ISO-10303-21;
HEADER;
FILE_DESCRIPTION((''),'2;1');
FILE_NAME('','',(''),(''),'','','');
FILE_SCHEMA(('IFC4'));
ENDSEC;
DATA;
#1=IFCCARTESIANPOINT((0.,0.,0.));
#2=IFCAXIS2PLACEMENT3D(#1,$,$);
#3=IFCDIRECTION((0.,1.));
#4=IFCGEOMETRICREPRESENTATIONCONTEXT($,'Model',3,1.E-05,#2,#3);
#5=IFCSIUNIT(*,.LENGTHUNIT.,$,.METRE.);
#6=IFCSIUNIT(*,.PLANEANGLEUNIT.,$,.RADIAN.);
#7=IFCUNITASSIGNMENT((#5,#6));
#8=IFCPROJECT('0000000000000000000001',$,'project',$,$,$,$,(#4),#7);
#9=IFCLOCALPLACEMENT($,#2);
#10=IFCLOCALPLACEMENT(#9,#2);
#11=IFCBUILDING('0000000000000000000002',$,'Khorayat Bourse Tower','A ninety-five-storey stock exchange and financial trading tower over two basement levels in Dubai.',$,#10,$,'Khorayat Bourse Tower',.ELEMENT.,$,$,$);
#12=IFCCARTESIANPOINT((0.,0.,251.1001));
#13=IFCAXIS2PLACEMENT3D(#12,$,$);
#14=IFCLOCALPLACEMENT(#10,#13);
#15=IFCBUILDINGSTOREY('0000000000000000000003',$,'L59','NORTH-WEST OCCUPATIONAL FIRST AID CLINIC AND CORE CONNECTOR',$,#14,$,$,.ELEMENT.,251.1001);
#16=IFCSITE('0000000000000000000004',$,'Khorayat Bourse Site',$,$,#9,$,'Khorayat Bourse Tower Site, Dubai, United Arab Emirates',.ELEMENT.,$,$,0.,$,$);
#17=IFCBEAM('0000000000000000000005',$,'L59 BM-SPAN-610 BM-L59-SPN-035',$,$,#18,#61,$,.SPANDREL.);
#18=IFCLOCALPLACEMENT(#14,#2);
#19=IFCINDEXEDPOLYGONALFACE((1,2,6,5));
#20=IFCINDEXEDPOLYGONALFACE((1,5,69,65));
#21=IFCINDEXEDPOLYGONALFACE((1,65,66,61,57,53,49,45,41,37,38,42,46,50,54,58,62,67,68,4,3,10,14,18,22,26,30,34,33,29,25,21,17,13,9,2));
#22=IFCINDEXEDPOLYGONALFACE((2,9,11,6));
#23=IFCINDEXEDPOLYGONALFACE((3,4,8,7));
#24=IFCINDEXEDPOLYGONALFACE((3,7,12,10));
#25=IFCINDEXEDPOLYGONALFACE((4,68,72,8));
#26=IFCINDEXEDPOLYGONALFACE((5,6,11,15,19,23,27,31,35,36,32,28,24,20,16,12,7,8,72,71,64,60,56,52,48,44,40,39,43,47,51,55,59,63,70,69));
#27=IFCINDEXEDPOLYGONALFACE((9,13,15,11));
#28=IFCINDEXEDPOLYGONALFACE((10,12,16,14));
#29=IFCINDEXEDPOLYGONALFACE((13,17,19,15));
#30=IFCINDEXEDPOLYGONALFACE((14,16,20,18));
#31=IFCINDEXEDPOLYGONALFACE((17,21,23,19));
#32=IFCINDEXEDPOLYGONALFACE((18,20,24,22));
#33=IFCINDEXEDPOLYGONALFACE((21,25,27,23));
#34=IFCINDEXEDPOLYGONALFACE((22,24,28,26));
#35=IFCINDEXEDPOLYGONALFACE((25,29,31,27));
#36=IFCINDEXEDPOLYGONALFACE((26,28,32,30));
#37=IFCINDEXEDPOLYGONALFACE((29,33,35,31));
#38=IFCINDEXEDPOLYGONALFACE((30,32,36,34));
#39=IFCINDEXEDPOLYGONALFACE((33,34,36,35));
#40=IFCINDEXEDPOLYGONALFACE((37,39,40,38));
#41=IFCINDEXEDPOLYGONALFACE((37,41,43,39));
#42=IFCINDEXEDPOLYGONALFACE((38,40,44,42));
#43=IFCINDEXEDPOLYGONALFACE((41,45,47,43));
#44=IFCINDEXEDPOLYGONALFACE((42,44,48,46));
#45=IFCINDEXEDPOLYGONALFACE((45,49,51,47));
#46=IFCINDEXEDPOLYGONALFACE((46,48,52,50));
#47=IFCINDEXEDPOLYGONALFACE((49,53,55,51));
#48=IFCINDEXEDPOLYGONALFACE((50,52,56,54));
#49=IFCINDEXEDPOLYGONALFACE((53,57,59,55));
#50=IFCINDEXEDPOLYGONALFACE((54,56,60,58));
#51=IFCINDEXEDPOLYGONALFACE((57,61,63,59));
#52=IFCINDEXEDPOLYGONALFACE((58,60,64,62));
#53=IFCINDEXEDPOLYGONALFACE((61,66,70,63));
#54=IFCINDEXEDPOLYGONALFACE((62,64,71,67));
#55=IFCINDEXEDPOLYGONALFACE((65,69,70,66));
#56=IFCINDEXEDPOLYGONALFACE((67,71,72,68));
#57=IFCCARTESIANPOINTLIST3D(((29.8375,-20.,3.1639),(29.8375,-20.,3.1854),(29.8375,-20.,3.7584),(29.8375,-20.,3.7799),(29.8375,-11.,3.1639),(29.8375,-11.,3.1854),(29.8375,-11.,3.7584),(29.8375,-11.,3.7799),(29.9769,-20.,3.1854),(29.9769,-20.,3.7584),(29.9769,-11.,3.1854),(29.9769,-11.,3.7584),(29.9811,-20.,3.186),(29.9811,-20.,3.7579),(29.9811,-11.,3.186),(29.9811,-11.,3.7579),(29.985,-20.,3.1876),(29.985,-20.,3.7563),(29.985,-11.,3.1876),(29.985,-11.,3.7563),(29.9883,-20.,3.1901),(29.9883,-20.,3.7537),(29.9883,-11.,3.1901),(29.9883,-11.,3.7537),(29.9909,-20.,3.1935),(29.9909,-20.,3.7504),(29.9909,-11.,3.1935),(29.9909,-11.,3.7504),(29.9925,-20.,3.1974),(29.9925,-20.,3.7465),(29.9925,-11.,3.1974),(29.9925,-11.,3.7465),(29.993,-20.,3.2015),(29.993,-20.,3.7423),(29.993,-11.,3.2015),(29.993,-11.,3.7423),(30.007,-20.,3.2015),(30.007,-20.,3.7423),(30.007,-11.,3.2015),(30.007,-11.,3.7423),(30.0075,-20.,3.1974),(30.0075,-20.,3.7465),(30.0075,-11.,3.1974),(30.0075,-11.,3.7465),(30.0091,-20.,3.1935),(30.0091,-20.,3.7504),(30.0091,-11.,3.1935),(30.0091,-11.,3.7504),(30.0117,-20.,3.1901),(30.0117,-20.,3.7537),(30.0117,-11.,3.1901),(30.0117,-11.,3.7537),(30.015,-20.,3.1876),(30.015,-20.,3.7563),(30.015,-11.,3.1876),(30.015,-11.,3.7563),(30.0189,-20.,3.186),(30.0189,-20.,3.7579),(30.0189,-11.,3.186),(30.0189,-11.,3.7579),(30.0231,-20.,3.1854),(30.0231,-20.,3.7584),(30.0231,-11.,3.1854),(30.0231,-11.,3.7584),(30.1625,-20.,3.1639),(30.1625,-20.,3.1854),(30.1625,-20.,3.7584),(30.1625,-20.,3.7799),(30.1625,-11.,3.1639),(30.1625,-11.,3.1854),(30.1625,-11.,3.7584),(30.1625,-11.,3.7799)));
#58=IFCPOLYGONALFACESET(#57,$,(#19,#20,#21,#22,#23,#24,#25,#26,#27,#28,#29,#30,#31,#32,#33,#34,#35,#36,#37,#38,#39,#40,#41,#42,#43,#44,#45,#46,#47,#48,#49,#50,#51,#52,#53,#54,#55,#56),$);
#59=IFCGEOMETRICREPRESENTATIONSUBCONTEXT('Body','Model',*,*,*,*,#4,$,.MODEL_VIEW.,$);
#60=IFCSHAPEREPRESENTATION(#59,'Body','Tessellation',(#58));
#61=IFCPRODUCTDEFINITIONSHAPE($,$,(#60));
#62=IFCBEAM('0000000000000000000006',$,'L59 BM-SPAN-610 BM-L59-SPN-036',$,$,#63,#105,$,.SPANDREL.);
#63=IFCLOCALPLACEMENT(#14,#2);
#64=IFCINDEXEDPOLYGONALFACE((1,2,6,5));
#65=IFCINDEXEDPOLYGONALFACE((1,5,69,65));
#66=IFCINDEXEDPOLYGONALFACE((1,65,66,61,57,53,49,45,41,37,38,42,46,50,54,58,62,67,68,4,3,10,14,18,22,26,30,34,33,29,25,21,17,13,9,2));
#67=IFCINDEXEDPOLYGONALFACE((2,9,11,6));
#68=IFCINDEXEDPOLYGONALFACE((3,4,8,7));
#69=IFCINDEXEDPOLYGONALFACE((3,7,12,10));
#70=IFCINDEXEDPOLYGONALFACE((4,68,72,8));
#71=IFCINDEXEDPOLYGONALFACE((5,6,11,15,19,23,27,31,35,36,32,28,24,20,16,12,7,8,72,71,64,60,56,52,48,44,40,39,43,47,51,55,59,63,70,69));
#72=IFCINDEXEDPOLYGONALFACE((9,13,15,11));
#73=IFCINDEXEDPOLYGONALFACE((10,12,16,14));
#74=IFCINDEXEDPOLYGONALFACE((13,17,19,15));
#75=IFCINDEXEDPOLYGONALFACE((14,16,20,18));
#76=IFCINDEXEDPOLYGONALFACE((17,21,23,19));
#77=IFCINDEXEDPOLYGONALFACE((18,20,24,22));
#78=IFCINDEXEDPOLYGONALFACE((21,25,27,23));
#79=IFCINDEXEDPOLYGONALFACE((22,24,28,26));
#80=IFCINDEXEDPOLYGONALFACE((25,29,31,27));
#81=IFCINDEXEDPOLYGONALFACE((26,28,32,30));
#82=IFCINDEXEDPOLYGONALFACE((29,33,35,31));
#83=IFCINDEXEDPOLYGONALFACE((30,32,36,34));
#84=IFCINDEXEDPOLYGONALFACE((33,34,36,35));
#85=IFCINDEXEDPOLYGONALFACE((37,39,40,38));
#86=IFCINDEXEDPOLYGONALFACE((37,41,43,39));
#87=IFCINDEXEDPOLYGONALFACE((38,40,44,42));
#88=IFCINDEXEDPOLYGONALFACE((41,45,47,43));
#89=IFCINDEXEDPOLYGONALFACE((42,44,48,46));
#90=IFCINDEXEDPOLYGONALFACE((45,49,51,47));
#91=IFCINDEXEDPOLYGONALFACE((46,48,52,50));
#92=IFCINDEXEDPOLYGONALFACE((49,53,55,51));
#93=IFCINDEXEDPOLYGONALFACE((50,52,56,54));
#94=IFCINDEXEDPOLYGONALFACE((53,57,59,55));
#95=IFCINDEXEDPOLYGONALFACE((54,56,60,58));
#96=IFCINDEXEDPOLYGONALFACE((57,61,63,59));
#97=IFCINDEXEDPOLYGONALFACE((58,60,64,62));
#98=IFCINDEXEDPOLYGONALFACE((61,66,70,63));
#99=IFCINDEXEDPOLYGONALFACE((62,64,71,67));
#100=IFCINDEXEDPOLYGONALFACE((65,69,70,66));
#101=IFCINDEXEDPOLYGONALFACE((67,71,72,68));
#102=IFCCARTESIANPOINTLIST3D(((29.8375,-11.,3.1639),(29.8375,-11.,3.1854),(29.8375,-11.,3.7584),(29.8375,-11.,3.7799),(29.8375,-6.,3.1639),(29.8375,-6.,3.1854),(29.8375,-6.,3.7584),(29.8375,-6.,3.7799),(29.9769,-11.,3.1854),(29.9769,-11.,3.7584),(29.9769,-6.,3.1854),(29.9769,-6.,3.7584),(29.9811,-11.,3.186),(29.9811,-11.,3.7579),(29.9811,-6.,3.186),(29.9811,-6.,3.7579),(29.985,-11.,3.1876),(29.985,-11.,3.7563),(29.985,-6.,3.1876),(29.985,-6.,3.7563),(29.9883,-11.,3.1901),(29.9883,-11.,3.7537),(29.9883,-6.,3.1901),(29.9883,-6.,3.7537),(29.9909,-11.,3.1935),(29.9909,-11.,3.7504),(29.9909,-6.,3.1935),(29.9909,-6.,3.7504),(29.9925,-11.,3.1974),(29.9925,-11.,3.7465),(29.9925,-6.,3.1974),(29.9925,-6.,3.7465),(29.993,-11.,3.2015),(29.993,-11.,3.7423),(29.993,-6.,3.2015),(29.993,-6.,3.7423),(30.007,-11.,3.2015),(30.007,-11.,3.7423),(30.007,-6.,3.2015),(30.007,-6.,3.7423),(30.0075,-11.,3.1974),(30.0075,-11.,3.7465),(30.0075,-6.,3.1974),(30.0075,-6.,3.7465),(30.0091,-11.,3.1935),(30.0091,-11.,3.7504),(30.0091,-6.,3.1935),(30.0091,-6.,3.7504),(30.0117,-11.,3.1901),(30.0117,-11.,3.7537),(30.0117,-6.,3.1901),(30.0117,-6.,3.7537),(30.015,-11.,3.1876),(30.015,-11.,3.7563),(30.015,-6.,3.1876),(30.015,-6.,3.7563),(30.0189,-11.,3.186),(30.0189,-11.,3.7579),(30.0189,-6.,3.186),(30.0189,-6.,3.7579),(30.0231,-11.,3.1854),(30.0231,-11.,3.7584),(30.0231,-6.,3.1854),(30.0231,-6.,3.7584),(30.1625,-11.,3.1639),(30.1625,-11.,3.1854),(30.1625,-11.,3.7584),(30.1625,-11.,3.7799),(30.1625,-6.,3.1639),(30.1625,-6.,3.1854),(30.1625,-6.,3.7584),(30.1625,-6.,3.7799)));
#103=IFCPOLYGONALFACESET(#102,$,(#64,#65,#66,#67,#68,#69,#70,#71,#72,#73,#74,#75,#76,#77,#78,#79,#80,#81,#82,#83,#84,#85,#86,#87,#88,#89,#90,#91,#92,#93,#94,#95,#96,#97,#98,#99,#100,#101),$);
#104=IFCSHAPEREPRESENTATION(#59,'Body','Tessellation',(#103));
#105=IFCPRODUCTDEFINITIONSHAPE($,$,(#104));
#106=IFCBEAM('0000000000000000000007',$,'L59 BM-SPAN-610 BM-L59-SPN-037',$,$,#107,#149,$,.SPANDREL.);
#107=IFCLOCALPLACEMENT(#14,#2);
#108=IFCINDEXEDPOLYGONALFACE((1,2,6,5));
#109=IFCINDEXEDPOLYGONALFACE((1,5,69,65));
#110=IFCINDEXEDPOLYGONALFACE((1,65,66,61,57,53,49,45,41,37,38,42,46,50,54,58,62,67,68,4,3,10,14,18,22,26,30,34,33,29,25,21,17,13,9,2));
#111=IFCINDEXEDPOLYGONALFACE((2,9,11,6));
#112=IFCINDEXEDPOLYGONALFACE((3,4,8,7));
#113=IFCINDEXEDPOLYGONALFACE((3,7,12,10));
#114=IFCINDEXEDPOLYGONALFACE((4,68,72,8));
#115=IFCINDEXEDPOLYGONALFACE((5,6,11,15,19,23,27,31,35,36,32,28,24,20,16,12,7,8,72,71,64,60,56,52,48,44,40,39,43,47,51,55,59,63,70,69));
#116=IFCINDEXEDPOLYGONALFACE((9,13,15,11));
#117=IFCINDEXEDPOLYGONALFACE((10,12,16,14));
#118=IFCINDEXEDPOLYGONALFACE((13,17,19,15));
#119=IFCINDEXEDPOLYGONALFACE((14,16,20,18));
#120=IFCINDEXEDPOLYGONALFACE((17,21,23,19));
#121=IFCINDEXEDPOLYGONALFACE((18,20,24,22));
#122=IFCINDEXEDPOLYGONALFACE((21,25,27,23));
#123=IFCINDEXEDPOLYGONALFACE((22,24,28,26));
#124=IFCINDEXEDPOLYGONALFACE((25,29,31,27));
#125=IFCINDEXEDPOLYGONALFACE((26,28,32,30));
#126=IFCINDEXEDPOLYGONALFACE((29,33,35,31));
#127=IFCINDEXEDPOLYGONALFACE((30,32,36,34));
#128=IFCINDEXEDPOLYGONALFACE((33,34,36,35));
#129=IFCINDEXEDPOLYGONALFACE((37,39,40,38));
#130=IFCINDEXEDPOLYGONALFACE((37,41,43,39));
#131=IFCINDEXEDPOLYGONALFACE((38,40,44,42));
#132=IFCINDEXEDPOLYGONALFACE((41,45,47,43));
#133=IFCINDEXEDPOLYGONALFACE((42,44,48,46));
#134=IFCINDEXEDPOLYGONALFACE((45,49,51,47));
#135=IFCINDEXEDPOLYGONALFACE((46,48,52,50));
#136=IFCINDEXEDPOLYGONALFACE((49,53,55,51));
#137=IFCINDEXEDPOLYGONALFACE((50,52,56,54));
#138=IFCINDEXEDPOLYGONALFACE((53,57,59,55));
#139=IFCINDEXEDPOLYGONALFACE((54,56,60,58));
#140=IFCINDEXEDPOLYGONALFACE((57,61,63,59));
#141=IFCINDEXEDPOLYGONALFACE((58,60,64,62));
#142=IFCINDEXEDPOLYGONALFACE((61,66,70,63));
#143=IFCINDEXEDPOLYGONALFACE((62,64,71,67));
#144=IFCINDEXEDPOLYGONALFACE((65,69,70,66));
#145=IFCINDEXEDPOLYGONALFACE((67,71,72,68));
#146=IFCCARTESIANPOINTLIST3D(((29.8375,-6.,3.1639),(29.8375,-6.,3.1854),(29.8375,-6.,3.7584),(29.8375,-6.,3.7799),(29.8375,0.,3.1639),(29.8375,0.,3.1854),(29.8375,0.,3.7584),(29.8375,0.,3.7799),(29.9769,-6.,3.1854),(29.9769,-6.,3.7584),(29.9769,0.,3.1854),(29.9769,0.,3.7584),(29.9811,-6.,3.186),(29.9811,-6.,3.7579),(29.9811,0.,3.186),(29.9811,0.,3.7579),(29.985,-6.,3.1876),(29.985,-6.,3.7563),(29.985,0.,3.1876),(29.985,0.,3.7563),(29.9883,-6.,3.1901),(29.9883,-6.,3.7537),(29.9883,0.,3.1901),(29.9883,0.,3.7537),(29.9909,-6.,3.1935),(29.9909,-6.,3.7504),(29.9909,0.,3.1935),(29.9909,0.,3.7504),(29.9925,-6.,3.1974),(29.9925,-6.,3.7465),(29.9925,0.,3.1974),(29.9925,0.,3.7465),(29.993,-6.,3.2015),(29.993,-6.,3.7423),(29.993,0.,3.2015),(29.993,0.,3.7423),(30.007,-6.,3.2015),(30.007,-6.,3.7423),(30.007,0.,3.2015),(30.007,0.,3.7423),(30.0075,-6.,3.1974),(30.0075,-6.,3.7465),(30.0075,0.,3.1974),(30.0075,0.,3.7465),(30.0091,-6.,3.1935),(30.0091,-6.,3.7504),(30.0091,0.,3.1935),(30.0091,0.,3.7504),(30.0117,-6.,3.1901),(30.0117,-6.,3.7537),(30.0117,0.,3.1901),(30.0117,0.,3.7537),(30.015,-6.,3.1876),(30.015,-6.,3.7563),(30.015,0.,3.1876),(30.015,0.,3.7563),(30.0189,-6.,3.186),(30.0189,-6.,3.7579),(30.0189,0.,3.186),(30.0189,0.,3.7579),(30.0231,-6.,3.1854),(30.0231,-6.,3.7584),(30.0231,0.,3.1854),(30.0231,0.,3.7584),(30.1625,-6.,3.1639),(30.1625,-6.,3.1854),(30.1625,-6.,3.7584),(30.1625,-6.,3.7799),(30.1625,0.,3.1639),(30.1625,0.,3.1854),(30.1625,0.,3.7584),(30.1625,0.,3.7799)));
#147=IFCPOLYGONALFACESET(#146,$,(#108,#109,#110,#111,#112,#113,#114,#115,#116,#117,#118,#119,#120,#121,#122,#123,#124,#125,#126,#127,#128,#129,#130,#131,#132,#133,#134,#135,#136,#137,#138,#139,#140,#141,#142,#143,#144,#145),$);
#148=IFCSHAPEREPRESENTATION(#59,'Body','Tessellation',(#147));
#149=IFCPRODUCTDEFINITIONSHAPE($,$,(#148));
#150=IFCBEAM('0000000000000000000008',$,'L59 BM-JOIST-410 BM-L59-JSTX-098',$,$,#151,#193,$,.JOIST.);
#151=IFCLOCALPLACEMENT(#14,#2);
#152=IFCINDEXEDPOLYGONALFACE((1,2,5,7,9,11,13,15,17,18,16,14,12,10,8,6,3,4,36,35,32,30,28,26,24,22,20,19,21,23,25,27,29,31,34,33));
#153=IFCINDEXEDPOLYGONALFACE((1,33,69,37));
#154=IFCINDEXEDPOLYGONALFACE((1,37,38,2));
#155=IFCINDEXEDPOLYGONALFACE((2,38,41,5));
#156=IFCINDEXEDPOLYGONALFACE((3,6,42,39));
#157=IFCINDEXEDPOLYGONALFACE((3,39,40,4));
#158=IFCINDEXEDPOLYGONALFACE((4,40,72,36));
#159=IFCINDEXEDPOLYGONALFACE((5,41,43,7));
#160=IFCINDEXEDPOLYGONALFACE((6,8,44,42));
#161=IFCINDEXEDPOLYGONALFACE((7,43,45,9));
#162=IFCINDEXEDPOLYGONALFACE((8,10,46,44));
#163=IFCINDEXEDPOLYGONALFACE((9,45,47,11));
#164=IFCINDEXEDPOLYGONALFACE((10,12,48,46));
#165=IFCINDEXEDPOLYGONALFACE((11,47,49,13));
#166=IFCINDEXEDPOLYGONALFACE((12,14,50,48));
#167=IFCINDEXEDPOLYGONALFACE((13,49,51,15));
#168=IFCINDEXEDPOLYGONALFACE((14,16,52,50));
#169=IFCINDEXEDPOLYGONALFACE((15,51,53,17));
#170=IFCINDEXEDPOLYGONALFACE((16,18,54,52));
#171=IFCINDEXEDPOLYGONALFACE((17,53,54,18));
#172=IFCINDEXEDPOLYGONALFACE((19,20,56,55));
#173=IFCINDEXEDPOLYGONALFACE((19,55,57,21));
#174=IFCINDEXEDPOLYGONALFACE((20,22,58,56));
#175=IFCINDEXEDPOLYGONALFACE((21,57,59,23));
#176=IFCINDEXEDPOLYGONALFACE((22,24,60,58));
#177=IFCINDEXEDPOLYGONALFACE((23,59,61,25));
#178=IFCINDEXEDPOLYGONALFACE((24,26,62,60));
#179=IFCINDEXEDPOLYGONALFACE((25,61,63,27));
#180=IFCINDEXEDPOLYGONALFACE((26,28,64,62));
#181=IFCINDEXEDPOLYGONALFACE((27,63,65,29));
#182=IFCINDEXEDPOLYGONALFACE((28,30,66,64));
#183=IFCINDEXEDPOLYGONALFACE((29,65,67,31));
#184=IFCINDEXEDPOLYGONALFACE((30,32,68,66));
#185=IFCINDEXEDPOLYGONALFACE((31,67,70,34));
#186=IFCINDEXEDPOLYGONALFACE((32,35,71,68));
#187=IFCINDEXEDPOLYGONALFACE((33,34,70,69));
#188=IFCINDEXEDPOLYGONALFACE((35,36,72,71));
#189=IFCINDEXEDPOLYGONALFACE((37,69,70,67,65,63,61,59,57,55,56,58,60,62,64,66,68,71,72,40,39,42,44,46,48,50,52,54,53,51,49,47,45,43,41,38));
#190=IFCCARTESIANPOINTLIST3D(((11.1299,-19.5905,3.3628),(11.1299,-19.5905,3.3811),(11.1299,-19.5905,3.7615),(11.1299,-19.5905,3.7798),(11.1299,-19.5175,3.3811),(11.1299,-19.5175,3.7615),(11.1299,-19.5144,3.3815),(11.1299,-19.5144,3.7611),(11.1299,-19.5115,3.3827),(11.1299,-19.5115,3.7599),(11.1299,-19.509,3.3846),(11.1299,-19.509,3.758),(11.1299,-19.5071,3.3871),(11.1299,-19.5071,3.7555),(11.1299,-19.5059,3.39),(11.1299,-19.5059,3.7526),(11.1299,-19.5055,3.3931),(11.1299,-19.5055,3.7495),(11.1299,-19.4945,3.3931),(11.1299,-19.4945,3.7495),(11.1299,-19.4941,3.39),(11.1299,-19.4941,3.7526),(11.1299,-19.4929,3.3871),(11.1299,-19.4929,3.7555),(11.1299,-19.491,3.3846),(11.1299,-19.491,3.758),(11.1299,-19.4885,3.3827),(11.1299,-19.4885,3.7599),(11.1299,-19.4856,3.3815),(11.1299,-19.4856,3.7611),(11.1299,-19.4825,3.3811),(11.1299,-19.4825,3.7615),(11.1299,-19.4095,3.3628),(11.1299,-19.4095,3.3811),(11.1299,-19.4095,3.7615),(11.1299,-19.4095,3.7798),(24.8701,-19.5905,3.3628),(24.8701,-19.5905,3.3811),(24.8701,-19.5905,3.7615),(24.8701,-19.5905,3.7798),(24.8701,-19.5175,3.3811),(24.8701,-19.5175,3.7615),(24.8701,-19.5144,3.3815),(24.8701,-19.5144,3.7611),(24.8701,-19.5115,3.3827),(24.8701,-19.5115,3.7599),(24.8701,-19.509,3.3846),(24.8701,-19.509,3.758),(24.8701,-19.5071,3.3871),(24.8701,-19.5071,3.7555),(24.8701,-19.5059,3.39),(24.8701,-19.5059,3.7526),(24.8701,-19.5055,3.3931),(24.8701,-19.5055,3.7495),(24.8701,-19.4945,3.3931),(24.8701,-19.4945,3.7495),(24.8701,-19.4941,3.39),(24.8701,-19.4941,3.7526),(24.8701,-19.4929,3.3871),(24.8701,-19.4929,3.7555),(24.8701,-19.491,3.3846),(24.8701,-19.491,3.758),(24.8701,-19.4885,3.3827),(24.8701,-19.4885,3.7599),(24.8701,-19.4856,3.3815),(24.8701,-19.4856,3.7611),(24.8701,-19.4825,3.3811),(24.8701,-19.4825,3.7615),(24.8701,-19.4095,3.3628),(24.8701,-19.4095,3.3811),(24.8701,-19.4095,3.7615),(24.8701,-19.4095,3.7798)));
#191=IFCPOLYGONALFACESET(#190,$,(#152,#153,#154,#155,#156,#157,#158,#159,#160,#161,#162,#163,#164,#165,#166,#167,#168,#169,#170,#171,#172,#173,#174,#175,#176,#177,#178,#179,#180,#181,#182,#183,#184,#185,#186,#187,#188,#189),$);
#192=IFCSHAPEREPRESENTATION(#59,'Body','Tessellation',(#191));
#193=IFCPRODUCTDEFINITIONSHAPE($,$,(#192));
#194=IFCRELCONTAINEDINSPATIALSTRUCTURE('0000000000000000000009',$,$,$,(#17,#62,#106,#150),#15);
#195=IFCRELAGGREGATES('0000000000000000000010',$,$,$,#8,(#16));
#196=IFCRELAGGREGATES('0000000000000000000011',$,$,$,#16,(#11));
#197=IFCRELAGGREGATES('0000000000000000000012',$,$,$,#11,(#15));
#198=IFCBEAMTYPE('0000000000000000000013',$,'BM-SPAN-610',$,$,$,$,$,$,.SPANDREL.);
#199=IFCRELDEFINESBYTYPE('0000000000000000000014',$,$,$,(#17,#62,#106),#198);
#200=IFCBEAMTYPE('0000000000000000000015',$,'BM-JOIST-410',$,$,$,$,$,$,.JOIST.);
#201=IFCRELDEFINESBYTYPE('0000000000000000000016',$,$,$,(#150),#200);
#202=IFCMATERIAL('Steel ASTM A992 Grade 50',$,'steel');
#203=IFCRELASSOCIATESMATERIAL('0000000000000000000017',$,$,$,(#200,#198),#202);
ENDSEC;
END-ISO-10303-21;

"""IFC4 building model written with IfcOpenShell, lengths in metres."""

from ifc_helpers import new_model, si_unit, direction, frame, origin, origin_2d, place, context, subcontext, project, spatial, i_section, extrude, source, transform, mapped, material, material_profile, profile_set, type_object, element, save


model = new_model("IFC4")

# Units and contexts
model_context = context("Model", 3, precision=1e-05, world=origin(), true_north=direction((0.0, 1.0)))
body_context = subcontext(model_context, "Body", "Model", "MODEL_VIEW")
ifc_project = project(units=[si_unit("LENGTHUNIT", "METRE"), si_unit("PLANEANGLEUNIT", "RADIAN")], contexts=[model_context])

# Site, building, storey
site_placement = place(None, origin())
site = spatial("IfcSite", under=ifc_project, at=site_placement, Name="Khorayat Bourse Site", LongName="Khorayat Bourse Tower Site, Dubai, United Arab Emirates", CompositionType="ELEMENT", RefElevation=0.0)
building_placement = place(site_placement, origin())
building = spatial("IfcBuilding", under=site, at=building_placement, Name="Khorayat Bourse Tower", Description="A ninety-five-storey stock exchange and financial trading tower over two basement levels in Dubai.", LongName="Khorayat Bourse Tower", CompositionType="ELEMENT")
storey_placement = place(building_placement, frame((0.0, 0.0, 251.1001)))
storey = spatial("IfcBuildingStorey", under=building, at=storey_placement, Name="L59", Description="NORTH-WEST OCCUPATIONAL FIRST AID CLINIC AND CORE CONNECTOR", CompositionType="ELEMENT", Elevation=251.1001)

# Beams
ifc_material_1 = material(Name="Steel ASTM A992 Grade 50", Category="steel")
ifc_material_profile_1 = material_profile(ifc_material_1, i_section(OverallWidth=0.1809, OverallDepth=0.417, WebThickness=0.011, FlangeThickness=0.0183, FilletRadius=0.012, at=origin_2d()), Name="W410X85")
ifc_profile_set_1 = profile_set([ifc_material_profile_1], Name="Steel ASTM A992 Grade 50")
beam_type_1 = type_object("IfcBeamType", Name="BM-JOIST-410", PredefinedType="JOIST", material=ifc_profile_set_1)
ifc_material_profile_2 = material_profile(ifc_material_1, i_section(OverallWidth=0.325, OverallDepth=0.616, WebThickness=0.0139, FlangeThickness=0.0215, FilletRadius=0.0161, at=origin_2d()), Name="W610X174")
ifc_profile_set_2 = profile_set([ifc_material_profile_2], Name="Steel ASTM A992 Grade 50")
beam_type_2 = type_object("IfcBeamType", Name="BM-SPAN-610", PredefinedType="SPANDREL", material=ifc_profile_set_2)
shared_shape_1 = source(origin(), body_context, "Body", "SweptSolid", [
    extrude(i_section(OverallWidth=0.325, OverallDepth=0.616, WebThickness=0.0139, FlangeThickness=0.0215, FilletRadius=0.0161, at=origin_2d()), origin(), (0.0, 0.0, 1.0), 9.0),
])
beam_1_placement = place(storey_placement, frame((30.0, -20.0, 3.4719), z_axis=(0.0, 1.0, 0.0), x_axis=(-1.0, 0.0, 0.0)))
element("IfcBeam", 1, at=beam_1_placement, inside=storey, type_object=beam_type_2, Name="L59 BM-SPAN-610 BM-L59-SPN-035", PredefinedType="SPANDREL", context=body_context, shape_type="MappedRepresentation", body=[
    mapped(shared_shape_1, transform((0.0, 0.0, 0.0), scale=1.0)),
])
shared_shape_2 = source(origin(), body_context, "Body", "SweptSolid", [
    extrude(i_section(OverallWidth=0.325, OverallDepth=0.616, WebThickness=0.0139, FlangeThickness=0.0215, FilletRadius=0.0161, at=origin_2d()), origin(), (0.0, 0.0, 1.0), 5.0),
])
beam_2_placement = place(storey_placement, frame((30.0, -11.0, 3.4719), z_axis=(0.0, 1.0, 0.0), x_axis=(-1.0, 0.0, 0.0)))
element("IfcBeam", 2, at=beam_2_placement, inside=storey, type_object=beam_type_2, Name="L59 BM-SPAN-610 BM-L59-SPN-036", PredefinedType="SPANDREL", context=body_context, shape_type="MappedRepresentation", body=[
    mapped(shared_shape_2, transform((0.0, 0.0, 0.0), scale=1.0)),
])
shared_shape_3 = source(origin(), body_context, "Body", "SweptSolid", [
    extrude(i_section(OverallWidth=0.325, OverallDepth=0.616, WebThickness=0.0139, FlangeThickness=0.0215, FilletRadius=0.0161, at=origin_2d()), origin(), (0.0, 0.0, 1.0), 6.0),
])
beam_3_placement = place(storey_placement, frame((30.0, -6.0, 3.4719), z_axis=(0.0, 1.0, 0.0), x_axis=(-1.0, 0.0, 0.0)))
element("IfcBeam", 3, at=beam_3_placement, inside=storey, type_object=beam_type_2, Name="L59 BM-SPAN-610 BM-L59-SPN-037", PredefinedType="SPANDREL", context=body_context, shape_type="MappedRepresentation", body=[
    mapped(shared_shape_3, transform((0.0, 0.0, 0.0), scale=1.0)),
])
shared_shape_4 = source(origin(), body_context, "Body", "SweptSolid", [
    extrude(i_section(OverallWidth=0.1809, OverallDepth=0.417, WebThickness=0.011, FlangeThickness=0.0183, FilletRadius=0.012, at=origin_2d()), origin(), (0.0, 0.0, 1.0), 13.7402),
])
beam_4_placement = place(storey_placement, frame((11.1299, -19.5, 3.5713), z_axis=(1.0, 0.0, 0.0), x_axis=(0.0, 1.0, 0.0)))
element("IfcBeam", 4, at=beam_4_placement, inside=storey, type_object=beam_type_1, Name="L59 BM-JOIST-410 BM-L59-JSTX-098", PredefinedType="JOIST", context=body_context, shape_type="MappedRepresentation", body=[
    mapped(shared_shape_4, transform((0.0, 0.0, 0.0), scale=1.0)),
])

save(model, "model.ifc")
